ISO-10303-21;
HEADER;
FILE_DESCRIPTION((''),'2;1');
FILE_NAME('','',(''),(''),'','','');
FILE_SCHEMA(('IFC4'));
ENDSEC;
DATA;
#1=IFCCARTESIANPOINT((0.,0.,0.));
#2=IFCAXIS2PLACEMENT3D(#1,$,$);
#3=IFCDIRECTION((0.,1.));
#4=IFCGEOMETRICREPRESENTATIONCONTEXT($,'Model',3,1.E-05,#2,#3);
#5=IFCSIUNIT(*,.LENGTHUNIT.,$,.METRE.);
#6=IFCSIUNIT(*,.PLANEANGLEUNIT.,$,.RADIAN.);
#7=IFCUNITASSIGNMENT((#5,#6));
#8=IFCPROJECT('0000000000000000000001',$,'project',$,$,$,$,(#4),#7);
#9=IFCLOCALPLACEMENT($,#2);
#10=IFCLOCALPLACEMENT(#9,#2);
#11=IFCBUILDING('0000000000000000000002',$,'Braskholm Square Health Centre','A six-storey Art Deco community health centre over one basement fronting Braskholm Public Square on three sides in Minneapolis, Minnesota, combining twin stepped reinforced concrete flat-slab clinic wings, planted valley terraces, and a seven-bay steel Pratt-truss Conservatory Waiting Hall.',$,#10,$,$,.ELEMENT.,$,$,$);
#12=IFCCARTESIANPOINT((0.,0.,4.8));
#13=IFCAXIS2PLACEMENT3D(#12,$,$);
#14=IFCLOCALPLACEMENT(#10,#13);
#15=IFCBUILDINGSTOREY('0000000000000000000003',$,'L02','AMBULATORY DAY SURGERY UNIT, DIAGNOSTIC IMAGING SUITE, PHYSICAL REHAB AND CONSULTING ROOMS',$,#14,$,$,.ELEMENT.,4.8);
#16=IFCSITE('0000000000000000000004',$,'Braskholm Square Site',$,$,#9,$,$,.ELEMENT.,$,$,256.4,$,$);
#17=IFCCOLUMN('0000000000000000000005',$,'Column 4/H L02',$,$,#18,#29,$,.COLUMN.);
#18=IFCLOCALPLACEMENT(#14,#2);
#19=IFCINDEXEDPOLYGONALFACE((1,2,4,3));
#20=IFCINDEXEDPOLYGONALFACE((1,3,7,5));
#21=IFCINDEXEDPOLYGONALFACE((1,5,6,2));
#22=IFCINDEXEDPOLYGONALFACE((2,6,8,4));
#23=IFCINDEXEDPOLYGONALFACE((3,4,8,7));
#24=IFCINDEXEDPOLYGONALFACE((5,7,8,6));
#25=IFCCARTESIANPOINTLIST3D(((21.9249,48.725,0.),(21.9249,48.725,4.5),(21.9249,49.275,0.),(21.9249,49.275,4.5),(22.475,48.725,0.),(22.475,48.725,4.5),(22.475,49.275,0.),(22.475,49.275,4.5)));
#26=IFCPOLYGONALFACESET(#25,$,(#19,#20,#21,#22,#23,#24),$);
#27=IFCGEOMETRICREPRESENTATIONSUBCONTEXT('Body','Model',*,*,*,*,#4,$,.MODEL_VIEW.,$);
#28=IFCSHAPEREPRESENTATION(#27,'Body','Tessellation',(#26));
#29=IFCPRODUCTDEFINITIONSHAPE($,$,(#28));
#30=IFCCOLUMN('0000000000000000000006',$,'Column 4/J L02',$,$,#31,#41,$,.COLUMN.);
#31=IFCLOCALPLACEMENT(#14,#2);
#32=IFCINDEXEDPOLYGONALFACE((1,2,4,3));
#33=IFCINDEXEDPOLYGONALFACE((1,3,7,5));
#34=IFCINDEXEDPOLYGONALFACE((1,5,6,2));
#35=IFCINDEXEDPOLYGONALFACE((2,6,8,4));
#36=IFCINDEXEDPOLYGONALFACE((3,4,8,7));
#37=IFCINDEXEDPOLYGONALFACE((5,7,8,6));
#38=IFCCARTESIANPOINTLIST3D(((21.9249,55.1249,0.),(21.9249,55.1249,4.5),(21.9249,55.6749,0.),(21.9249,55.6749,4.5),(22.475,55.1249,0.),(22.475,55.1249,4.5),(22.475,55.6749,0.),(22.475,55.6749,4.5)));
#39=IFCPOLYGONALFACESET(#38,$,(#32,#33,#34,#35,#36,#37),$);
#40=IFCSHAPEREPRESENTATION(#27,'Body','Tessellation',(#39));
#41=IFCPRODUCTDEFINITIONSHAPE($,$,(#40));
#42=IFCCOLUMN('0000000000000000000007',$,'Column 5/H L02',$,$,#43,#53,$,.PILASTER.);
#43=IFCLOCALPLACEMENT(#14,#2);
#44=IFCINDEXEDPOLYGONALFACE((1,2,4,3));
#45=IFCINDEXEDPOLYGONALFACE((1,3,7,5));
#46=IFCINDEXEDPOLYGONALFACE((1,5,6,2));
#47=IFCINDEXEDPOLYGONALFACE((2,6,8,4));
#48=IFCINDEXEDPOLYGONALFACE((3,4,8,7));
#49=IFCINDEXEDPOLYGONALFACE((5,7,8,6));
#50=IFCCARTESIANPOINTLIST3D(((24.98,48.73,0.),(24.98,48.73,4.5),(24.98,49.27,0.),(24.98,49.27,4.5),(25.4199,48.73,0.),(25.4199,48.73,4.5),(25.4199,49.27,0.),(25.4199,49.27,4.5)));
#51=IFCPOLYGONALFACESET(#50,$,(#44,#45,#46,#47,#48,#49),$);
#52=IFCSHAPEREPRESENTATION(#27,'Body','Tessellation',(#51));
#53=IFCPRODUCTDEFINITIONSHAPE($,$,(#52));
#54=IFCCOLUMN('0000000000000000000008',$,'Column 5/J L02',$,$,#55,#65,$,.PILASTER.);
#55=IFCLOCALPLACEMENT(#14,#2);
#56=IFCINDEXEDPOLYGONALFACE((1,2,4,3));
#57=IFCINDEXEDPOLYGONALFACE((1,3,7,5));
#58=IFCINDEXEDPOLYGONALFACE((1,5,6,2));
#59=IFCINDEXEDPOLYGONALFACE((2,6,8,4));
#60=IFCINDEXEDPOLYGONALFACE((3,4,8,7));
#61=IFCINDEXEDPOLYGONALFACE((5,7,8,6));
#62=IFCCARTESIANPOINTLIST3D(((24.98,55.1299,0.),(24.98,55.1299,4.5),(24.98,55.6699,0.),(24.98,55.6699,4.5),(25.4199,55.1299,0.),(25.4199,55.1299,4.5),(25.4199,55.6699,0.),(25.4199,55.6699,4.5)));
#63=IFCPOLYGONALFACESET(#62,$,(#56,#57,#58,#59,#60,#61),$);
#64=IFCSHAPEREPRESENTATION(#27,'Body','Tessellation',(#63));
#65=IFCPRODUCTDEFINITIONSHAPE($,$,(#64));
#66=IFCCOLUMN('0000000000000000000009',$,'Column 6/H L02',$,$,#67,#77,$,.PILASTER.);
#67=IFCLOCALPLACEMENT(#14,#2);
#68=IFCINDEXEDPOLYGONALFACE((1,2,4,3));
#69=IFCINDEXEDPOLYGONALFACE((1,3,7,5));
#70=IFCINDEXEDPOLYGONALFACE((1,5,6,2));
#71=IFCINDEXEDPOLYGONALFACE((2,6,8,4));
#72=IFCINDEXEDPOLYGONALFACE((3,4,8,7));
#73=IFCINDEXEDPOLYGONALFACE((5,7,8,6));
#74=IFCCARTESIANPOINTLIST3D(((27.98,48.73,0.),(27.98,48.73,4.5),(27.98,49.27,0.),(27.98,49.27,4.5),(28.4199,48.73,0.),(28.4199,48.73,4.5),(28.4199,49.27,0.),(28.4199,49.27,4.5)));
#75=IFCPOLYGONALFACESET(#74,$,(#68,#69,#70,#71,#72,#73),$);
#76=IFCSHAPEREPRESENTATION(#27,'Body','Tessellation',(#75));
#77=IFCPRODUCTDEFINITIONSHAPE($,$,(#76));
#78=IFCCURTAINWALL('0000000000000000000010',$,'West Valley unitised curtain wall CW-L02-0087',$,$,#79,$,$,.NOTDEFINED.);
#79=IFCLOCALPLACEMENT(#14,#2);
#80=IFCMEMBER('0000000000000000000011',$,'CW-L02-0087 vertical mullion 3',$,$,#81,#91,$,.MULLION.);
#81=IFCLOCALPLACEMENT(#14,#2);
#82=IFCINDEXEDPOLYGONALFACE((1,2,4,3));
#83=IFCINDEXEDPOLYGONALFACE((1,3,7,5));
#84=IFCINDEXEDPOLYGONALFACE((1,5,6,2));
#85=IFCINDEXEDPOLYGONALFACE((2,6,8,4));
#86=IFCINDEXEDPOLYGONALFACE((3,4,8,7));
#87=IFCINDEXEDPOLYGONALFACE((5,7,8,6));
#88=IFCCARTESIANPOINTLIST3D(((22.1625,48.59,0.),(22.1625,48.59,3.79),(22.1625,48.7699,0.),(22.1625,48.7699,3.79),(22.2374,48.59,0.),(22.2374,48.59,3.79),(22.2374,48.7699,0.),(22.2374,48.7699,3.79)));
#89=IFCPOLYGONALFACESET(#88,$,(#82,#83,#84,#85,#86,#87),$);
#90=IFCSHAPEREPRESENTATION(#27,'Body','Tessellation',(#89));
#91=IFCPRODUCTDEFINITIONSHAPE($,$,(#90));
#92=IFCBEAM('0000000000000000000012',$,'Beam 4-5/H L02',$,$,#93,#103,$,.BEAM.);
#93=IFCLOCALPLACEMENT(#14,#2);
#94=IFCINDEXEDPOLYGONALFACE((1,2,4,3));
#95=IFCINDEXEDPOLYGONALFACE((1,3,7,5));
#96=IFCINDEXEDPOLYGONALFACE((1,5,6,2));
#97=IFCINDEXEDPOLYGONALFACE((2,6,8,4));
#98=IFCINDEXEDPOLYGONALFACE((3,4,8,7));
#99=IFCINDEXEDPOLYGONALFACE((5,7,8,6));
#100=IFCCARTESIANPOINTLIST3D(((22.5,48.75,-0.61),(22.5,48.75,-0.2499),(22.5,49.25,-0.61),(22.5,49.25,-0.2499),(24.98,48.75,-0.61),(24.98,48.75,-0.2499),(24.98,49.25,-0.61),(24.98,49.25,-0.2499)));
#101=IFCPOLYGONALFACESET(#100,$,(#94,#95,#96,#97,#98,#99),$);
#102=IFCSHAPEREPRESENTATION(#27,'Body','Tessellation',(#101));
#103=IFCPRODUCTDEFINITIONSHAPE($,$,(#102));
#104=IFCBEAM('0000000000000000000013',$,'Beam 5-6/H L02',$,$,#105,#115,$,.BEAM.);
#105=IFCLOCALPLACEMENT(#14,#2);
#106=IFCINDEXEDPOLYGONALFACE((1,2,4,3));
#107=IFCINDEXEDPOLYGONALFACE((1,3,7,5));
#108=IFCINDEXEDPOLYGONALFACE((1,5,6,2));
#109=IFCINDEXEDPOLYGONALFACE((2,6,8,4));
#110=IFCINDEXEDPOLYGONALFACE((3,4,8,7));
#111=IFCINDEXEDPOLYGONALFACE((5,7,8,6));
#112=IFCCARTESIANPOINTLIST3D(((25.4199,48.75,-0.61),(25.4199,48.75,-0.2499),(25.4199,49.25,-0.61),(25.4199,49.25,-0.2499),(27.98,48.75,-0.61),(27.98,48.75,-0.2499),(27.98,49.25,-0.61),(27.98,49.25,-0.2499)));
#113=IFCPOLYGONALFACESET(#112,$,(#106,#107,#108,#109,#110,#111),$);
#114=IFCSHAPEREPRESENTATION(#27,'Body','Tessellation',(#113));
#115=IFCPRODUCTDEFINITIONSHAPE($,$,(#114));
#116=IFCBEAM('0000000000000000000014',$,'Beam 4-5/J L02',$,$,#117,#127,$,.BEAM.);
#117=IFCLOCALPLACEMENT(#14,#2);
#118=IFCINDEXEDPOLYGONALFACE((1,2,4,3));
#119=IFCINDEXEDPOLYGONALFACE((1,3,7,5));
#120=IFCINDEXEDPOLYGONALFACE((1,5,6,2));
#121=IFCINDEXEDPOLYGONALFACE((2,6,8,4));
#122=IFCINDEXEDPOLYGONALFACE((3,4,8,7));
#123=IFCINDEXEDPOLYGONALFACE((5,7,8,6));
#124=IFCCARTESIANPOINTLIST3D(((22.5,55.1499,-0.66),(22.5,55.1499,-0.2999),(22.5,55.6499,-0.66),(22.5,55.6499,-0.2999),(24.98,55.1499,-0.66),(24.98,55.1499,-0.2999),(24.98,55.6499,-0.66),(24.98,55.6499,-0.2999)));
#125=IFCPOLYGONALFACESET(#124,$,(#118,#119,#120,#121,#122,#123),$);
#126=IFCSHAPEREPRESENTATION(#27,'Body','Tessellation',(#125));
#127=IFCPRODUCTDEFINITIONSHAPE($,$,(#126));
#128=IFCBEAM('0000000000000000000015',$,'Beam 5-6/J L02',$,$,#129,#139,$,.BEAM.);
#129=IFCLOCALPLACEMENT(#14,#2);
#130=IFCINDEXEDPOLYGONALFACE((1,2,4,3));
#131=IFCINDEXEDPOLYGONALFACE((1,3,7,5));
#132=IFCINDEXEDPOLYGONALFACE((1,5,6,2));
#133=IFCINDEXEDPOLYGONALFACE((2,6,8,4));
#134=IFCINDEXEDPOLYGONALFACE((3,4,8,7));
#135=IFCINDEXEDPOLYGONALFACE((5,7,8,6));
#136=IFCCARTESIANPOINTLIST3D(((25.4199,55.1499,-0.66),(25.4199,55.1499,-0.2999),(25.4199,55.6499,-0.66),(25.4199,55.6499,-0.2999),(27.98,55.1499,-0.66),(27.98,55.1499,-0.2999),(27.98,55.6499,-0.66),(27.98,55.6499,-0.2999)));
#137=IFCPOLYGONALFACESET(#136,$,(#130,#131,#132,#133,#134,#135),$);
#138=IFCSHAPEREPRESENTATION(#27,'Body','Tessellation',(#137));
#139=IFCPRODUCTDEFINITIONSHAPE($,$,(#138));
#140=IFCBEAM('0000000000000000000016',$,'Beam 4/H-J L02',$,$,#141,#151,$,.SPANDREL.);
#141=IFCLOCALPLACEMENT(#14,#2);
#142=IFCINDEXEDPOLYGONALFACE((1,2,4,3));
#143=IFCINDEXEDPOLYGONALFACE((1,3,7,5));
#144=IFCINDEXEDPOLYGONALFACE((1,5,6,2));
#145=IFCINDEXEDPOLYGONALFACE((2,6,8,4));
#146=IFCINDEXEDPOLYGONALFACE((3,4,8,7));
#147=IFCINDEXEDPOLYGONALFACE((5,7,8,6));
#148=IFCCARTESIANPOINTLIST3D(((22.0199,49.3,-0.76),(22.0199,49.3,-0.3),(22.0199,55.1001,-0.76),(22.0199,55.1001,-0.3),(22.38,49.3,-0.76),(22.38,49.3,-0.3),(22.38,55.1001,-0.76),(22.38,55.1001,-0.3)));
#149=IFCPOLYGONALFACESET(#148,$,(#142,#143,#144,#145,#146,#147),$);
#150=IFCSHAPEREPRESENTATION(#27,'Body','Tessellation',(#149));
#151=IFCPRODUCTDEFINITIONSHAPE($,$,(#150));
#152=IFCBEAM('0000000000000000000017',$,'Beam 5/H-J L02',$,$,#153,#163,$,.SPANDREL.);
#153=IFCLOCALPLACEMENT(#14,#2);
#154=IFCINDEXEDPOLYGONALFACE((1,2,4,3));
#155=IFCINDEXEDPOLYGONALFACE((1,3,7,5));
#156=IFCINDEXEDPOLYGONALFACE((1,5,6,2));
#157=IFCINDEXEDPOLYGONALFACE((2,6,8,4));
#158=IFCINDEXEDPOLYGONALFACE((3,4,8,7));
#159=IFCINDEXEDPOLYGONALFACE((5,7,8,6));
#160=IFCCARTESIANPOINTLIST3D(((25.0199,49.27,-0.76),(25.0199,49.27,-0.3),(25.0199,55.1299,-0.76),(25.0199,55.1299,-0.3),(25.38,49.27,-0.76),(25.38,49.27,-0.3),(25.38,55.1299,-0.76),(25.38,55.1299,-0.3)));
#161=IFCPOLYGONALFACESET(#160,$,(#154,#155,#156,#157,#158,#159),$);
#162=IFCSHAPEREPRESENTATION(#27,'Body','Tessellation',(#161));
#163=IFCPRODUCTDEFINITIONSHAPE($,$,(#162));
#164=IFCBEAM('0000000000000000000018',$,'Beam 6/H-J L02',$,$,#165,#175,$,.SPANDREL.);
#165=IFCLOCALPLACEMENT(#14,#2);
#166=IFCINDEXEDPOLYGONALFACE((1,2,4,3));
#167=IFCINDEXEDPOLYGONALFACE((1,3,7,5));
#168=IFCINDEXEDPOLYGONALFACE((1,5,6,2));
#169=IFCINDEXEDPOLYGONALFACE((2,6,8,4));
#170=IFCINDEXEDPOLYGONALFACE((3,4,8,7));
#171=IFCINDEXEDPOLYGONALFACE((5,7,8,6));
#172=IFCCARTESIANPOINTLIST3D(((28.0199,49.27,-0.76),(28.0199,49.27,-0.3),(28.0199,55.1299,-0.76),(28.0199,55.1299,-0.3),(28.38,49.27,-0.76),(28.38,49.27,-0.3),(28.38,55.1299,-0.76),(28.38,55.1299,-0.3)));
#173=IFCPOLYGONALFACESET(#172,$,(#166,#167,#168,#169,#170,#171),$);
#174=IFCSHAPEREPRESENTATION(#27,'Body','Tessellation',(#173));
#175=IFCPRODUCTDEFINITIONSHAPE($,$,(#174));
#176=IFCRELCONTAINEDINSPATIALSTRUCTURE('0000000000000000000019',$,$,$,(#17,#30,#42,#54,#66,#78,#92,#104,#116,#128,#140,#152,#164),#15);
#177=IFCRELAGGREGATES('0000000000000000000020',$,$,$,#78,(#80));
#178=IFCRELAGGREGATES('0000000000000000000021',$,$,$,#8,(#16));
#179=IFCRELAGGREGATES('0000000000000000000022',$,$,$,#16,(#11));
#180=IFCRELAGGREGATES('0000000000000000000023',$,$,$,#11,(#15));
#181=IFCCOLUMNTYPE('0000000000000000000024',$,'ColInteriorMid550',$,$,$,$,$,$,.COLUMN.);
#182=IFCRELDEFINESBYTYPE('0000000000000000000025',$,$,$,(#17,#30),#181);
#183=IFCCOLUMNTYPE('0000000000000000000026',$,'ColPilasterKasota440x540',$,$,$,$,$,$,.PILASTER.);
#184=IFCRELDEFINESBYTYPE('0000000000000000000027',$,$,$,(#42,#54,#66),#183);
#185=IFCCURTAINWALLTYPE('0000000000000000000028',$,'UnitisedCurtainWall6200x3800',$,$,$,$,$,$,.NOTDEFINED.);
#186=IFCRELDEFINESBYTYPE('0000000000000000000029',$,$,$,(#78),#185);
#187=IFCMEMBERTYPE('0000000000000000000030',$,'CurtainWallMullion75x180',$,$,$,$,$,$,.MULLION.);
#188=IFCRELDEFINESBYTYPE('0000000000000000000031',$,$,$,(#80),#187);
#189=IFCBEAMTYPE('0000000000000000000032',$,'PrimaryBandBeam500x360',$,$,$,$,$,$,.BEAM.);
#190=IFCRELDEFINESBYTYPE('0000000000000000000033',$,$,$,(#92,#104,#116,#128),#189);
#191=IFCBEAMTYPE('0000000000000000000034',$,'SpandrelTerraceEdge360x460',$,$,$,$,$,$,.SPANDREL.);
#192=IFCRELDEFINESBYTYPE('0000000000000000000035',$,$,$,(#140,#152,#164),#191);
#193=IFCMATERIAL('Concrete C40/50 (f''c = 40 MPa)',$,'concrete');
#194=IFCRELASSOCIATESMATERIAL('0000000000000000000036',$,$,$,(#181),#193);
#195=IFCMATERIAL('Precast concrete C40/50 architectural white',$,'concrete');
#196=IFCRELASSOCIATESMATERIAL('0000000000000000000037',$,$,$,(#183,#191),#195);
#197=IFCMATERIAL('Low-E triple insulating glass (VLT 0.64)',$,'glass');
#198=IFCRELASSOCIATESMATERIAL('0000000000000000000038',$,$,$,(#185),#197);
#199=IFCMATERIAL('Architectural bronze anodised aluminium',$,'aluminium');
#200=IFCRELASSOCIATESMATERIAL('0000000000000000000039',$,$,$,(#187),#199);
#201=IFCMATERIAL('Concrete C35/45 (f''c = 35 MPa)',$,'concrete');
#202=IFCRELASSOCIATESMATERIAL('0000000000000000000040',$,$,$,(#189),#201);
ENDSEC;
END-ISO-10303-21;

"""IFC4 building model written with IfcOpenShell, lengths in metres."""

from ifc_helpers import new_model, si_unit, direction, frame, origin, origin_2d, place, context, subcontext, project, spatial, rectangle, extrude, material, material_profile, profile_set, type_object, element, aggregate, save


model = new_model("IFC4")

# Units and contexts
model_context = context("Model", 3, precision=1e-05, world=origin(), true_north=direction((0.0, 1.0)))
body_context = subcontext(model_context, "Body", "Model", "MODEL_VIEW")
ifc_project = project(units=[si_unit("LENGTHUNIT", "METRE"), si_unit("PLANEANGLEUNIT", "RADIAN")], contexts=[model_context])

# Site, building, storey
site_placement = place(None, origin())
site = spatial("IfcSite", under=ifc_project, at=site_placement, Name="Braskholm Square Site", CompositionType="ELEMENT", RefElevation=256.4)
building_placement = place(site_placement, origin())
building = spatial("IfcBuilding", under=site, at=building_placement, Name="Braskholm Square Health Centre", Description="A six-storey Art Deco community health centre over one basement fronting Braskholm Public Square on three sides in Minneapolis, Minnesota, combining twin stepped reinforced concrete flat-slab clinic wings, planted valley terraces, and a seven-bay steel Pratt-truss Conservatory Waiting Hall.", CompositionType="ELEMENT")
storey_placement = place(building_placement, frame((0.0, 0.0, 4.8)))
storey = spatial("IfcBuildingStorey", under=building, at=storey_placement, Name="L02", Description="AMBULATORY DAY SURGERY UNIT, DIAGNOSTIC IMAGING SUITE, PHYSICAL REHAB AND CONSULTING ROOMS", CompositionType="ELEMENT", Elevation=4.8)

# Columns
ifc_material_1 = material(Name="Concrete C40/50 (f'c = 40 MPa)", Category="concrete")
ifc_material_profile_1 = material_profile(ifc_material_1, rectangle(XDim=0.55, YDim=0.55, at=origin_2d()), Name="RC-550X550")
ifc_profile_set_1 = profile_set([ifc_material_profile_1], Name="Concrete C40/50 (f'c = 40 MPa)")
column_type_1 = type_object("IfcColumnType", Name="ColInteriorMid550", PredefinedType="COLUMN", material=ifc_profile_set_1)
for number, where, z_axis, x_axis, name in (
    (1, (22.2, 49.0, 0.0), (0.0, 0.0, 1.0), (1.0, 0.0, 0.0), "Column 4/H L02"),
    (2, (22.2, 55.3999, 0.0), (0.0, 0.0, 1.0), (1.0, 0.0, 0.0), "Column 4/J L02"),
):
    element("IfcColumn", number, at=place(storey_placement, frame(where, z_axis=z_axis, x_axis=x_axis)), inside=storey, type_object=column_type_1, Name=name, PredefinedType="COLUMN", context=body_context, shape_type="SweptSolid", body=[
        extrude(rectangle(XDim=0.55, YDim=0.55, at=origin_2d()), origin(), (0.0, 0.0, 1.0), 4.5),
    ])
ifc_material_2 = material(Name="Precast concrete C40/50 architectural white", Category="concrete")
ifc_material_profile_2 = material_profile(ifc_material_2, rectangle(XDim=0.4399, YDim=0.54, at=origin_2d()), Name="RC-440X540")
ifc_profile_set_2 = profile_set([ifc_material_profile_2], Name="Precast concrete C40/50 architectural white")
column_type_2 = type_object("IfcColumnType", Name="ColPilasterKasota440x540", PredefinedType="PILASTER", material=ifc_profile_set_2)
for number, where, z_axis, x_axis, name in (
    (3, (25.2, 49.0, 0.0), (0.0, 0.0, 1.0), (1.0, 0.0, 0.0), "Column 5/H L02"),
    (4, (25.2, 55.3999, 0.0), (0.0, 0.0, 1.0), (1.0, 0.0, 0.0), "Column 5/J L02"),
    (5, (28.2, 49.0, 0.0), (0.0, 0.0, 1.0), (1.0, 0.0, 0.0), "Column 6/H L02"),
):
    element("IfcColumn", number, at=place(storey_placement, frame(where, z_axis=z_axis, x_axis=x_axis)), inside=storey, type_object=column_type_2, Name=name, PredefinedType="PILASTER", context=body_context, shape_type="SweptSolid", body=[
        extrude(rectangle(XDim=0.4399, YDim=0.54, at=origin_2d()), origin(), (0.0, 0.0, 1.0), 4.5),
    ])

# Curtain wall, member
ifc_material_3 = material(Name="Low-E triple insulating glass (VLT 0.64)", Category="glass")
curtain_wall_type = type_object("IfcCurtainWallType", Name="UnitisedCurtainWall6200x3800", PredefinedType="NOTDEFINED", material=ifc_material_3)
curtain_wall_placement = place(storey_placement, origin())
curtain_wall = element("IfcCurtainWall", 6, at=curtain_wall_placement, inside=storey, type_object=curtain_wall_type, Name="West Valley unitised curtain wall CW-L02-0087", PredefinedType="NOTDEFINED")
ifc_material_4 = material(Name="Architectural bronze anodised aluminium", Category="aluminium")
ifc_material_profile_3 = material_profile(ifc_material_4, rectangle(XDim=0.075, YDim=0.1799, at=origin_2d()), Name="ALU-75X180")
ifc_profile_set_3 = profile_set([ifc_material_profile_3], Name="Architectural bronze anodised aluminium")
member_type = type_object("IfcMemberType", Name="CurtainWallMullion75x180", PredefinedType="MULLION", material=ifc_profile_set_3)
member_placement = place(storey_placement, frame((22.2, 48.6799, 0.0), z_axis=(0.0, 0.0, 1.0), x_axis=(1.0, 0.0, 0.0)))
member = element("IfcMember", 7, at=member_placement, type_object=member_type, Name="CW-L02-0087 vertical mullion 3", PredefinedType="MULLION", context=body_context, shape_type="SweptSolid", body=[
    extrude(rectangle(XDim=0.075, YDim=0.1799, at=origin_2d()), origin(), (0.0, 0.0, 1.0), 3.79),
])
aggregate(curtain_wall, [member])

# Beams
ifc_material_5 = material(Name="Concrete C35/45 (f'c = 35 MPa)", Category="concrete")
ifc_material_profile_4 = material_profile(ifc_material_5, rectangle(XDim=0.5, YDim=0.3601, at=origin_2d()), Name="RCB-500X360")
ifc_profile_set_4 = profile_set([ifc_material_profile_4], Name="Concrete C35/45 (f'c = 35 MPa)")
beam_type_1 = type_object("IfcBeamType", Name="PrimaryBandBeam500x360", PredefinedType="BEAM", material=ifc_profile_set_4)
beam_1_placement = place(storey_placement, frame((22.5, 49.0, -0.4299), z_axis=(1.0, 0.0, 0.0), x_axis=(0.0, 1.0, 0.0)))
element("IfcBeam", 8, at=beam_1_placement, inside=storey, type_object=beam_type_1, Name="Beam 4-5/H L02", PredefinedType="BEAM", context=body_context, shape_type="SweptSolid", body=[
    extrude(rectangle(XDim=0.5, YDim=0.3601, at=origin_2d()), origin(), (0.0, 0.0, 1.0), 2.48),
])
beam_2_placement = place(storey_placement, frame((25.4199, 49.0, -0.4299), z_axis=(1.0, 0.0, 0.0), x_axis=(0.0, 1.0, 0.0)))
element("IfcBeam", 9, at=beam_2_placement, inside=storey, type_object=beam_type_1, Name="Beam 5-6/H L02", PredefinedType="BEAM", context=body_context, shape_type="SweptSolid", body=[
    extrude(rectangle(XDim=0.5, YDim=0.3601, at=origin_2d()), origin(), (0.0, 0.0, 1.0), 2.5601),
])
beam_3_placement = place(storey_placement, frame((22.5, 55.3999, -0.48), z_axis=(1.0, 0.0, 0.0), x_axis=(0.0, 1.0, 0.0)))
element("IfcBeam", 10, at=beam_3_placement, inside=storey, type_object=beam_type_1, Name="Beam 4-5/J L02", PredefinedType="BEAM", context=body_context, shape_type="SweptSolid", body=[
    extrude(rectangle(XDim=0.5, YDim=0.3601, at=origin_2d()), origin(), (0.0, 0.0, 1.0), 2.48),
])
beam_4_placement = place(storey_placement, frame((25.4199, 55.3999, -0.48), z_axis=(1.0, 0.0, 0.0), x_axis=(0.0, 1.0, 0.0)))
element("IfcBeam", 11, at=beam_4_placement, inside=storey, type_object=beam_type_1, Name="Beam 5-6/J L02", PredefinedType="BEAM", context=body_context, shape_type="SweptSolid", body=[
    extrude(rectangle(XDim=0.5, YDim=0.3601, at=origin_2d()), origin(), (0.0, 0.0, 1.0), 2.5601),
])
ifc_material_profile_5 = material_profile(ifc_material_2, rectangle(XDim=0.3601, YDim=0.46, at=origin_2d()), Name="RCB-360X460")
ifc_profile_set_5 = profile_set([ifc_material_profile_5], Name="Precast concrete C40/50 architectural white")
beam_type_2 = type_object("IfcBeamType", Name="SpandrelTerraceEdge360x460", PredefinedType="SPANDREL", material=ifc_profile_set_5)
beam_5_placement = place(storey_placement, frame((22.2, 49.3, -0.53), z_axis=(0.0, 1.0, 0.0), x_axis=(-1.0, 0.0, 0.0)))
element("IfcBeam", 12, at=beam_5_placement, inside=storey, type_object=beam_type_2, Name="Beam 4/H-J L02", PredefinedType="SPANDREL", context=body_context, shape_type="SweptSolid", body=[
    extrude(rectangle(XDim=0.3601, YDim=0.46, at=origin_2d()), origin(), (0.0, 0.0, 1.0), 5.8),
])
for number, where, z_axis, x_axis, name in (
    (13, (25.2, 49.27, -0.53), (0.0, 1.0, 0.0), (-1.0, 0.0, 0.0), "Beam 5/H-J L02"),
    (14, (28.2, 49.27, -0.53), (0.0, 1.0, 0.0), (-1.0, 0.0, 0.0), "Beam 6/H-J L02"),
):
    element("IfcBeam", number, at=place(storey_placement, frame(where, z_axis=z_axis, x_axis=x_axis)), inside=storey, type_object=beam_type_2, Name=name, PredefinedType="SPANDREL", context=body_context, shape_type="SweptSolid", body=[
        extrude(rectangle(XDim=0.3601, YDim=0.46, at=origin_2d()), origin(), (0.0, 0.0, 1.0), 5.8599),
    ])

save(model, "model.ifc")
